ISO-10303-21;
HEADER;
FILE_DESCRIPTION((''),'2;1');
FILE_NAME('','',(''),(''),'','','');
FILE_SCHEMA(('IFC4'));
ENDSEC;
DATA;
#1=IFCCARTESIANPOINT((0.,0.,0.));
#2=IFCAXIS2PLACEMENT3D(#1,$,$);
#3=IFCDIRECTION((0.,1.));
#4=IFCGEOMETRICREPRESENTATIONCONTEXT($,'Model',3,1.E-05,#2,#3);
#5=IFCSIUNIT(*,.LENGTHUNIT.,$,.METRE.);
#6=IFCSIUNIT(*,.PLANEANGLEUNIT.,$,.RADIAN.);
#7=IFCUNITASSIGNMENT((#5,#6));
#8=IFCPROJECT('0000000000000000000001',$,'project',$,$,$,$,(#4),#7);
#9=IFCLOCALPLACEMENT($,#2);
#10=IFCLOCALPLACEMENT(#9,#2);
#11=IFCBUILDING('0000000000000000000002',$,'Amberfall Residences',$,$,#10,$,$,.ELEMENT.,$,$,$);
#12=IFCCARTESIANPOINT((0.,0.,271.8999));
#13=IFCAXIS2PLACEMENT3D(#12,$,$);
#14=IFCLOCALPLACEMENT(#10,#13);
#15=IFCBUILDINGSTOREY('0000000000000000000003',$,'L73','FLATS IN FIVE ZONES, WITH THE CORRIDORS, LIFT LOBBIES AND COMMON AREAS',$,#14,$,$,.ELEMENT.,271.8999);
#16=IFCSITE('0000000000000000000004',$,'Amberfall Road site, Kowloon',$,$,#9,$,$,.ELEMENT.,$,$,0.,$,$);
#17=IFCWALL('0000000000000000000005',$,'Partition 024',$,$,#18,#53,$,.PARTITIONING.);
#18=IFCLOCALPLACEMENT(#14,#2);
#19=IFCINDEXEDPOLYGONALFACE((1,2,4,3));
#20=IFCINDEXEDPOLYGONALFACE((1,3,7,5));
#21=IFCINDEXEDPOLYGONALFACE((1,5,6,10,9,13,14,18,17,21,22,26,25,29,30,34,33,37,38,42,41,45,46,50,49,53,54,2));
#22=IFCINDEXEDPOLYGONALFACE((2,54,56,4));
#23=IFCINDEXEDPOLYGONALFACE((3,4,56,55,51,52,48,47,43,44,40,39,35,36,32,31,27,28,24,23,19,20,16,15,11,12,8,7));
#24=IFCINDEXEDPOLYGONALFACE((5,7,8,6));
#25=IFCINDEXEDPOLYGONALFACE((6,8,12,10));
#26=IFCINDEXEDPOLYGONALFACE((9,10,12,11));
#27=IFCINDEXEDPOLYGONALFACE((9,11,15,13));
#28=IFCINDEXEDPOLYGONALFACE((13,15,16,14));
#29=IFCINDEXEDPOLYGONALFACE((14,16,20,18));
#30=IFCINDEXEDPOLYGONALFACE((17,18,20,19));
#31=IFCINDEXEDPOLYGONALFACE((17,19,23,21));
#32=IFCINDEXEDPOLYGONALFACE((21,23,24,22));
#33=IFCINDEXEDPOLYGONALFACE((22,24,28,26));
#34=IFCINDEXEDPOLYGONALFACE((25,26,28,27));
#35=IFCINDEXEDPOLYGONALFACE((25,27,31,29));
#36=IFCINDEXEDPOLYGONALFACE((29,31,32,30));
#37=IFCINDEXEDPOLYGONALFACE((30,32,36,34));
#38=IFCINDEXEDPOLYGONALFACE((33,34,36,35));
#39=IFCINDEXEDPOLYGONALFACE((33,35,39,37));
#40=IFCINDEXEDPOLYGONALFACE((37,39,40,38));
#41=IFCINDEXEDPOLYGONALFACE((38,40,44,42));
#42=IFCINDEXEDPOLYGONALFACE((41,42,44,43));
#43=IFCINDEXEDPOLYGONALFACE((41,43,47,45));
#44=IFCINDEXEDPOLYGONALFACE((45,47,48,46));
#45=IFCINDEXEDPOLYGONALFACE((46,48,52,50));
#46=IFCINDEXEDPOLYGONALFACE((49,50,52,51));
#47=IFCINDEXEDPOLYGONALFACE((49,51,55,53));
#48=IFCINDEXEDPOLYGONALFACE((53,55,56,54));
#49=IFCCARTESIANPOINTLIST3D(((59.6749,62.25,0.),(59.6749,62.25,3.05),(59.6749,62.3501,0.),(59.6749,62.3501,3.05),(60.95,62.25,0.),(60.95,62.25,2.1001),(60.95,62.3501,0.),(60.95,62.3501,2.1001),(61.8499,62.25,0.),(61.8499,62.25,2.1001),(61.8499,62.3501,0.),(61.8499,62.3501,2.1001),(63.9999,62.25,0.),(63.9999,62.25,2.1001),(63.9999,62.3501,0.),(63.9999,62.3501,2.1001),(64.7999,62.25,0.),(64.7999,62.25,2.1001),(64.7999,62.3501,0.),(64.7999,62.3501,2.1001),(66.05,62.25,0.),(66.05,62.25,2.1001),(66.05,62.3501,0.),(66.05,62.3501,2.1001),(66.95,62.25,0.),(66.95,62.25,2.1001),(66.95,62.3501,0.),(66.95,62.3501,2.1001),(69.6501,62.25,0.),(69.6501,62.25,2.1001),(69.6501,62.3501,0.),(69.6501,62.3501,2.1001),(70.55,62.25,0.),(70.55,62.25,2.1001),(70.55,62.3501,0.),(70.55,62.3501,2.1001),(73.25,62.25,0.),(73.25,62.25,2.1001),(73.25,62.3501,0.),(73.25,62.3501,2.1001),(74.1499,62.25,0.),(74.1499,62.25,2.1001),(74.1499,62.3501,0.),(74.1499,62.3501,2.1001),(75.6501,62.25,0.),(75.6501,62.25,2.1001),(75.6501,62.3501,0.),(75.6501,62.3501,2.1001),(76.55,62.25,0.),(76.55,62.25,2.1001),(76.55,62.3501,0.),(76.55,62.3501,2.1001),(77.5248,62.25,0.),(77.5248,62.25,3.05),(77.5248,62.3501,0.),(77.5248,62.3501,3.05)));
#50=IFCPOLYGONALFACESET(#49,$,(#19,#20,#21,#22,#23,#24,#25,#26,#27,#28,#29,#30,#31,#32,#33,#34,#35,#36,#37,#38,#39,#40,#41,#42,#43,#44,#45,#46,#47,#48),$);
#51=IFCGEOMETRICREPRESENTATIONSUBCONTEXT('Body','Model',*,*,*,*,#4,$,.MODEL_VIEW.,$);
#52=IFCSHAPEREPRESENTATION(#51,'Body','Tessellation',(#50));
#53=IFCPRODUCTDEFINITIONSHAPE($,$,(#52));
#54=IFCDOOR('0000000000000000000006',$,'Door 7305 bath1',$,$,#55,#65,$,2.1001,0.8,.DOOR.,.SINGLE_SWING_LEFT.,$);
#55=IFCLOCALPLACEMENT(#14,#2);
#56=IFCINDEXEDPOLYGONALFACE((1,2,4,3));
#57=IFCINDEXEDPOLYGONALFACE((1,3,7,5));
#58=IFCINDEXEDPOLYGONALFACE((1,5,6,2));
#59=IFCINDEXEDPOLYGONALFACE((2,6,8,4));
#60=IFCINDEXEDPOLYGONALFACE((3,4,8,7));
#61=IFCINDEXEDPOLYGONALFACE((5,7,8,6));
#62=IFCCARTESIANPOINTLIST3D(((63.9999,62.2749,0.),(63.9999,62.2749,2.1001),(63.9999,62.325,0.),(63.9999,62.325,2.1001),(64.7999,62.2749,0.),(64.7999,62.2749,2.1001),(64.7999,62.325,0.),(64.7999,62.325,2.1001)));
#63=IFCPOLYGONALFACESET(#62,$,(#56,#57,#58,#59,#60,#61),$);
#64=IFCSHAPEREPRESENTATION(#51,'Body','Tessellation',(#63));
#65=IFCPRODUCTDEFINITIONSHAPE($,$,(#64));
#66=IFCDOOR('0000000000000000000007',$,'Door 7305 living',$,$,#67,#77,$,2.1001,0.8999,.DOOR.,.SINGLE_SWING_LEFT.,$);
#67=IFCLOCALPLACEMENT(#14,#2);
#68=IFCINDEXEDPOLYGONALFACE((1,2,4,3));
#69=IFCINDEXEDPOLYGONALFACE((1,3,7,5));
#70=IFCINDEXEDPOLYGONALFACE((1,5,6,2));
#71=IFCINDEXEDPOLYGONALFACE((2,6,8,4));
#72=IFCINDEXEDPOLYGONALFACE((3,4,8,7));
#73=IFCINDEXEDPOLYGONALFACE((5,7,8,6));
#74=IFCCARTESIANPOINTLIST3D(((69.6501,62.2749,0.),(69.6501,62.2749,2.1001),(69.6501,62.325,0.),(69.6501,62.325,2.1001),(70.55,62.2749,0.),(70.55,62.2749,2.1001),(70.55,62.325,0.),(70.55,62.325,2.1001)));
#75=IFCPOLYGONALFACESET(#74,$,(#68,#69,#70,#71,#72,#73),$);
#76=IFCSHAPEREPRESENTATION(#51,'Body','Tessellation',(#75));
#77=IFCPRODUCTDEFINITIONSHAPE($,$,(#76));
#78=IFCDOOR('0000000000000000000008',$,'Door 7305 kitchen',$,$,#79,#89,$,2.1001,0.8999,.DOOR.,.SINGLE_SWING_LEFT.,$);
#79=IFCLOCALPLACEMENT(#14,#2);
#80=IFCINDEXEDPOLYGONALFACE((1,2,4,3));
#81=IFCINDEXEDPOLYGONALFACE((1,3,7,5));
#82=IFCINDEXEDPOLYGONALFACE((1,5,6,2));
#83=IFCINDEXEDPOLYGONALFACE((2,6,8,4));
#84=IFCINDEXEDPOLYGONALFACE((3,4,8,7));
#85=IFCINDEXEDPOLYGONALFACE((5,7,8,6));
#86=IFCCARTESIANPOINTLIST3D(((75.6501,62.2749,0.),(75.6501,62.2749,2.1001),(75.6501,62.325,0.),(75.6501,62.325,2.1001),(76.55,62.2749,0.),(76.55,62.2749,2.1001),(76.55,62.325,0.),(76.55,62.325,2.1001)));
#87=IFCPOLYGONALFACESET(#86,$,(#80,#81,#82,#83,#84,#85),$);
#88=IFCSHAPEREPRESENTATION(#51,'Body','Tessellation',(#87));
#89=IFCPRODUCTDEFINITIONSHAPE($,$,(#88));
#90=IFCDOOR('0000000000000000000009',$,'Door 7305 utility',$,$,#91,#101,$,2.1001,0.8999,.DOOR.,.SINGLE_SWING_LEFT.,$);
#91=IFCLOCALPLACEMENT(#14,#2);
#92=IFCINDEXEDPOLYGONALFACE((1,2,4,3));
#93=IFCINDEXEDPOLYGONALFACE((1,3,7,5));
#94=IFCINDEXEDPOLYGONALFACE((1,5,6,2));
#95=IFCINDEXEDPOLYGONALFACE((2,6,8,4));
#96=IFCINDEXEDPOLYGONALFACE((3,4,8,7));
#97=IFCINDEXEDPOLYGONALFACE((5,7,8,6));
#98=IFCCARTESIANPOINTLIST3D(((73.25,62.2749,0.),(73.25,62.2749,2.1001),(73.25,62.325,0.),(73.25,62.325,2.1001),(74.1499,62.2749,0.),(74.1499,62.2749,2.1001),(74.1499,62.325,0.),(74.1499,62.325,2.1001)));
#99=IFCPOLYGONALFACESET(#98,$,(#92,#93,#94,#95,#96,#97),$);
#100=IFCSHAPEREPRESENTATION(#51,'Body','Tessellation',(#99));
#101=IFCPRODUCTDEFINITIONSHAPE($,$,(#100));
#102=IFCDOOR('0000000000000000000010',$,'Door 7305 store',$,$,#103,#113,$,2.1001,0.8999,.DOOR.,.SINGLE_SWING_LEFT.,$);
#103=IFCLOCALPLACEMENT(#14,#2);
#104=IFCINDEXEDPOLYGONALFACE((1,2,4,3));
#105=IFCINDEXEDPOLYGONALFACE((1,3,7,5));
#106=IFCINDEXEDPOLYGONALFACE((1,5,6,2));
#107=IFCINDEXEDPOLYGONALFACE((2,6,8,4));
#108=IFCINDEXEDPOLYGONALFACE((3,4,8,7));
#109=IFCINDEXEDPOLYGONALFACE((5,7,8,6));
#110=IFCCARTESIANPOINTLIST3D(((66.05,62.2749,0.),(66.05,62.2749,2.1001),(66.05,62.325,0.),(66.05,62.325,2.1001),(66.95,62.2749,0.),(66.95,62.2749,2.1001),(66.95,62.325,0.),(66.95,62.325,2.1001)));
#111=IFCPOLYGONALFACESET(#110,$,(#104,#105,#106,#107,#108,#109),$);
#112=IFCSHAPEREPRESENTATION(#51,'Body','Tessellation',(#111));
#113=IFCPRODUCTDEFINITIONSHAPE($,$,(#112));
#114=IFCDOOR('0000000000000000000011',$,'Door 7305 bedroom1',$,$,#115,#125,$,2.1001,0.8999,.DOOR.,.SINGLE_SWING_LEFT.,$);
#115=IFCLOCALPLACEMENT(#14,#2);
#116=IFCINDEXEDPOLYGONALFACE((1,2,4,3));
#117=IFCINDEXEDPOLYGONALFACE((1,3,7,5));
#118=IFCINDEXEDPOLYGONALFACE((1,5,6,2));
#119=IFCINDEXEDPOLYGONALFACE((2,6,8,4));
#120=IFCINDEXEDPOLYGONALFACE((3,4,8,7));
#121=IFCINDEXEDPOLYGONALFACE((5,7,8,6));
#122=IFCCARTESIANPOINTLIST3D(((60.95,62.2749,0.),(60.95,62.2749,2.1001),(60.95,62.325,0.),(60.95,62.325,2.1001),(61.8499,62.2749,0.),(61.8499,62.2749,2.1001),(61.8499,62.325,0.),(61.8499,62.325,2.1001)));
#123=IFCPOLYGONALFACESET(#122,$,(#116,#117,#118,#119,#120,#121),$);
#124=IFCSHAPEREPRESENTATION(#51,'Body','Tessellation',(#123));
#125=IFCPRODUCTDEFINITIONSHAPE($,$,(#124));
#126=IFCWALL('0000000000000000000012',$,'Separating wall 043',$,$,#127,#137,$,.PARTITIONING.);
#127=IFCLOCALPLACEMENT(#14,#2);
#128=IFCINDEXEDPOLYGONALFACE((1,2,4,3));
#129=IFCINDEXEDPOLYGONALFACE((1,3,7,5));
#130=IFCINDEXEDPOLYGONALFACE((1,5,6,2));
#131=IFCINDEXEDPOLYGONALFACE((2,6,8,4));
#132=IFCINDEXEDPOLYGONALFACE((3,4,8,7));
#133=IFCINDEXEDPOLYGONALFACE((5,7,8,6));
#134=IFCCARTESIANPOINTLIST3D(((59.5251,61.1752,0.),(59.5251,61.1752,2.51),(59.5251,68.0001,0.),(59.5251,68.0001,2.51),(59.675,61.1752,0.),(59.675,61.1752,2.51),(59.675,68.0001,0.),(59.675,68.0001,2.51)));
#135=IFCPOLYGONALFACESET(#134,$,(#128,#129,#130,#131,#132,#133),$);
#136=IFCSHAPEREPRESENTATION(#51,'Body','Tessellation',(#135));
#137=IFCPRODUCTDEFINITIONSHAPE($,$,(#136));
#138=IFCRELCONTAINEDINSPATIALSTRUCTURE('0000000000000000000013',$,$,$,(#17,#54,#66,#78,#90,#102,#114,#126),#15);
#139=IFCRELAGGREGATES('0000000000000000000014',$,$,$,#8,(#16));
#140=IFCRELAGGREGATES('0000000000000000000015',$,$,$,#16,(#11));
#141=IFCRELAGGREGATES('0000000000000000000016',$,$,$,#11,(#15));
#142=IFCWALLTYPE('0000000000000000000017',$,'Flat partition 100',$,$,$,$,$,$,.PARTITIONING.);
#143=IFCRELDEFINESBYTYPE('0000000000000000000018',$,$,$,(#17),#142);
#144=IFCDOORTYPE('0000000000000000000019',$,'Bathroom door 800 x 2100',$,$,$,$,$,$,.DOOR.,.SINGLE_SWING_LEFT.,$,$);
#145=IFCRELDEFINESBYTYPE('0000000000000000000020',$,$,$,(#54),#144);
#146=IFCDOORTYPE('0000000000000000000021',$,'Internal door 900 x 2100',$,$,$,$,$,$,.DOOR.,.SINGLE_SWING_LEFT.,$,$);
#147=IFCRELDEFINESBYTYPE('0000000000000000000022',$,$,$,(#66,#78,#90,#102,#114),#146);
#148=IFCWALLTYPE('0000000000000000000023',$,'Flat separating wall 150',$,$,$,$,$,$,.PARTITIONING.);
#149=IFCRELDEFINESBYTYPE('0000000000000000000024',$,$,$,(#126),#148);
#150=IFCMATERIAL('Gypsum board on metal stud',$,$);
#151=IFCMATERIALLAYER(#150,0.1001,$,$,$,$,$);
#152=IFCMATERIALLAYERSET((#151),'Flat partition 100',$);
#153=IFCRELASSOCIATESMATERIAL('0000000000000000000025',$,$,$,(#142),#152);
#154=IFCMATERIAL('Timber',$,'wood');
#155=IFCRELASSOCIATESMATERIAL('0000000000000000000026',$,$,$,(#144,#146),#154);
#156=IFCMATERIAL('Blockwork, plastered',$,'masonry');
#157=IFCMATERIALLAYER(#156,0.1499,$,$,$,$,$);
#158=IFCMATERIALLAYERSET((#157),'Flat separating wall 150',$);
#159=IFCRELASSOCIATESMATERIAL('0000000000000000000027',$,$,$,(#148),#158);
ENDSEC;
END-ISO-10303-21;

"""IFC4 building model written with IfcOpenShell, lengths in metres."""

from ifc_helpers import new_model, si_unit, direction, frame, frame_2d, origin, place, context, subcontext, project, spatial, rectangle, extrude, material, layer, layer_set, type_object, element, fill, save


model = new_model("IFC4")

# Units and contexts
model_context = context("Model", 3, precision=1e-05, world=origin(), true_north=direction((0.0, 1.0)))
body_context = subcontext(model_context, "Body", "Model", "MODEL_VIEW")
ifc_project = project(units=[si_unit("LENGTHUNIT", "METRE"), si_unit("PLANEANGLEUNIT", "RADIAN")], contexts=[model_context])

# Site, building, storey
site_placement = place(None, origin())
site = spatial("IfcSite", under=ifc_project, at=site_placement, Name="Amberfall Road site, Kowloon", CompositionType="ELEMENT", RefElevation=0.0)
building_placement = place(site_placement, origin())
building = spatial("IfcBuilding", under=site, at=building_placement, Name="Amberfall Residences", CompositionType="ELEMENT")
storey_placement = place(building_placement, frame((0.0, 0.0, 271.8999)))
storey = spatial("IfcBuildingStorey", under=building, at=storey_placement, Name="L73", Description="FLATS IN FIVE ZONES, WITH THE CORRIDORS, LIFT LOBBIES AND COMMON AREAS", CompositionType="ELEMENT", Elevation=271.8999)

# Shared definitions
ifc_material_1 = material(Name="Gypsum board on metal stud")
ifc_layer_1 = layer(ifc_material_1, 0.1001)
ifc_layer_set_1 = layer_set([ifc_layer_1], Name="Flat partition 100")
wall_type_1 = type_object("IfcWallType", Name="Flat partition 100", PredefinedType="PARTITIONING", material=ifc_layer_set_1)

# Wall, openings, doors
wall_1_placement = place(storey_placement, frame((59.675, 62.3, 0.0), z_axis=(0.0, 0.0, 1.0), x_axis=(1.0, 0.0, 0.0)))
wall_1 = element("IfcWall", 1, at=wall_1_placement, inside=storey, type_object=wall_type_1, Name="Partition 024", PredefinedType="PARTITIONING", context=body_context, shape_type="SweptSolid", body=[
    extrude(rectangle(XDim=17.8499, YDim=0.1001, at=frame_2d((8.9248, 0.0))), origin(), (0.0, 0.0, 1.0), 3.05),
])
opening_1_placement = place(wall_1_placement, frame((9.9751, 0.0, 0.0)))
opening_1 = element("IfcOpeningElement", 2, at=opening_1_placement, cuts=wall_1, PredefinedType="OPENING", context=body_context, shape_type="SweptSolid", body=[
    extrude(rectangle(XDim=0.8999, YDim=2.1001, at=frame_2d((0.45, 1.05))), frame((0.0, 0.0601, 0.0), z_axis=(0.0, -1.0, 0.0), x_axis=(1.0, 0.0, 0.0)), (0.0, 0.0, 1.0), 0.1201),
])
opening_2_placement = place(wall_1_placement, frame((15.9751, 0.0, 0.0)))
opening_2 = element("IfcOpeningElement", 3, at=opening_2_placement, cuts=wall_1, PredefinedType="OPENING", context=body_context, shape_type="SweptSolid", body=[
    extrude(rectangle(XDim=0.8999, YDim=2.1001, at=frame_2d((0.45, 1.05))), frame((0.0, 0.0601, 0.0), z_axis=(0.0, -1.0, 0.0), x_axis=(1.0, 0.0, 0.0)), (0.0, 0.0, 1.0), 0.1201),
])
opening_3_placement = place(wall_1_placement, frame((13.575, 0.0, 0.0)))
opening_3 = element("IfcOpeningElement", 4, at=opening_3_placement, cuts=wall_1, PredefinedType="OPENING", context=body_context, shape_type="SweptSolid", body=[
    extrude(rectangle(XDim=0.8999, YDim=2.1001, at=frame_2d((0.45, 1.05))), frame((0.0, 0.0601, 0.0), z_axis=(0.0, -1.0, 0.0), x_axis=(1.0, 0.0, 0.0)), (0.0, 0.0, 1.0), 0.1201),
])
opening_4_placement = place(wall_1_placement, frame((6.375, 0.0, 0.0)))
opening_4 = element("IfcOpeningElement", 5, at=opening_4_placement, cuts=wall_1, PredefinedType="OPENING", context=body_context, shape_type="SweptSolid", body=[
    extrude(rectangle(XDim=0.8999, YDim=2.1001, at=frame_2d((0.45, 1.05))), frame((0.0, 0.0601, 0.0), z_axis=(0.0, -1.0, 0.0), x_axis=(1.0, 0.0, 0.0)), (0.0, 0.0, 1.0), 0.1201),
])
opening_5_placement = place(wall_1_placement, frame((1.2749, 0.0, 0.0)))
opening_5 = element("IfcOpeningElement", 6, at=opening_5_placement, cuts=wall_1, PredefinedType="OPENING", context=body_context, shape_type="SweptSolid", body=[
    extrude(rectangle(XDim=0.8999, YDim=2.1001, at=frame_2d((0.45, 1.05))), frame((0.0, 0.0601, 0.0), z_axis=(0.0, -1.0, 0.0), x_axis=(1.0, 0.0, 0.0)), (0.0, 0.0, 1.0), 0.1201),
])
opening_6_placement = place(wall_1_placement, frame((4.325, 0.0, 0.0)))
opening_6 = element("IfcOpeningElement", 7, at=opening_6_placement, cuts=wall_1, PredefinedType="OPENING", context=body_context, shape_type="SweptSolid", body=[
    extrude(rectangle(XDim=0.8, YDim=2.1001, at=frame_2d((0.3999, 1.05))), frame((0.0, 0.0601, 0.0), z_axis=(0.0, -1.0, 0.0), x_axis=(1.0, 0.0, 0.0)), (0.0, 0.0, 1.0), 0.1201),
])
ifc_material_2 = material(Name="Timber", Category="wood")
door_type_1 = type_object("IfcDoorType", Name="Bathroom door 800 x 2100", OperationType="SINGLE_SWING_LEFT", PredefinedType="DOOR", material=ifc_material_2)
door_1_placement = place(opening_6_placement, origin())
door_1 = element("IfcDoor", 8, at=door_1_placement, inside=storey, type_object=door_type_1, Name="Door 7305 bath1", OperationType="SINGLE_SWING_LEFT", OverallHeight=2.1001, OverallWidth=0.8, PredefinedType="DOOR", context=body_context, shape_type="SweptSolid", body=[
    extrude(rectangle(XDim=0.8, YDim=2.1001, at=frame_2d((0.3999, 1.05))), frame((0.0, 0.0249, 0.0), z_axis=(0.0, -1.0, 0.0), x_axis=(1.0, 0.0, 0.0)), (0.0, 0.0, 1.0), 0.05),
])
fill(opening_6, door_1)
door_type_2 = type_object("IfcDoorType", Name="Internal door 900 x 2100", OperationType="SINGLE_SWING_LEFT", PredefinedType="DOOR", material=ifc_material_2)
door_2_placement = place(opening_1_placement, origin())
door_2 = element("IfcDoor", 9, at=door_2_placement, inside=storey, type_object=door_type_2, Name="Door 7305 living", OperationType="SINGLE_SWING_LEFT", OverallHeight=2.1001, OverallWidth=0.8999, PredefinedType="DOOR", context=body_context, shape_type="SweptSolid", body=[
    extrude(rectangle(XDim=0.8999, YDim=2.1001, at=frame_2d((0.45, 1.05))), frame((0.0, 0.0249, 0.0), z_axis=(0.0, -1.0, 0.0), x_axis=(1.0, 0.0, 0.0)), (0.0, 0.0, 1.0), 0.05),
])
fill(opening_1, door_2)
door_3_placement = place(opening_2_placement, origin())
door_3 = element("IfcDoor", 10, at=door_3_placement, inside=storey, type_object=door_type_2, Name="Door 7305 kitchen", OperationType="SINGLE_SWING_LEFT", OverallHeight=2.1001, OverallWidth=0.8999, PredefinedType="DOOR", context=body_context, shape_type="SweptSolid", body=[
    extrude(rectangle(XDim=0.8999, YDim=2.1001, at=frame_2d((0.45, 1.05))), frame((0.0, 0.0249, 0.0), z_axis=(0.0, -1.0, 0.0), x_axis=(1.0, 0.0, 0.0)), (0.0, 0.0, 1.0), 0.05),
])
fill(opening_2, door_3)
door_4_placement = place(opening_3_placement, origin())
door_4 = element("IfcDoor", 11, at=door_4_placement, inside=storey, type_object=door_type_2, Name="Door 7305 utility", OperationType="SINGLE_SWING_LEFT", OverallHeight=2.1001, OverallWidth=0.8999, PredefinedType="DOOR", context=body_context, shape_type="SweptSolid", body=[
    extrude(rectangle(XDim=0.8999, YDim=2.1001, at=frame_2d((0.45, 1.05))), frame((0.0, 0.0249, 0.0), z_axis=(0.0, -1.0, 0.0), x_axis=(1.0, 0.0, 0.0)), (0.0, 0.0, 1.0), 0.05),
])
fill(opening_3, door_4)
door_5_placement = place(opening_4_placement, origin())
door_5 = element("IfcDoor", 12, at=door_5_placement, inside=storey, type_object=door_type_2, Name="Door 7305 store", OperationType="SINGLE_SWING_LEFT", OverallHeight=2.1001, OverallWidth=0.8999, PredefinedType="DOOR", context=body_context, shape_type="SweptSolid", body=[
    extrude(rectangle(XDim=0.8999, YDim=2.1001, at=frame_2d((0.45, 1.05))), frame((0.0, 0.0249, 0.0), z_axis=(0.0, -1.0, 0.0), x_axis=(1.0, 0.0, 0.0)), (0.0, 0.0, 1.0), 0.05),
])
fill(opening_4, door_5)
door_6_placement = place(opening_5_placement, origin())
door_6 = element("IfcDoor", 13, at=door_6_placement, inside=storey, type_object=door_type_2, Name="Door 7305 bedroom1", OperationType="SINGLE_SWING_LEFT", OverallHeight=2.1001, OverallWidth=0.8999, PredefinedType="DOOR", context=body_context, shape_type="SweptSolid", body=[
    extrude(rectangle(XDim=0.8999, YDim=2.1001, at=frame_2d((0.45, 1.05))), frame((0.0, 0.0249, 0.0), z_axis=(0.0, -1.0, 0.0), x_axis=(1.0, 0.0, 0.0)), (0.0, 0.0, 1.0), 0.05),
])
fill(opening_5, door_6)

# Wall
ifc_material_3 = material(Name="Blockwork, plastered", Category="masonry")
ifc_layer_2 = layer(ifc_material_3, 0.1499)
ifc_layer_set_2 = layer_set([ifc_layer_2], Name="Flat separating wall 150")
wall_type_2 = type_object("IfcWallType", Name="Flat separating wall 150", PredefinedType="PARTITIONING", material=ifc_layer_set_2)
wall_2_placement = place(storey_placement, frame((59.6001, 61.175, 0.0), z_axis=(0.0, 0.0, 1.0), x_axis=(0.0, 1.0, 0.0)))
element("IfcWall", 14, at=wall_2_placement, inside=storey, type_object=wall_type_2, Name="Separating wall 043", PredefinedType="PARTITIONING", context=body_context, shape_type="SweptSolid", body=[
    extrude(rectangle(XDim=6.825, YDim=0.1499, at=frame_2d((3.4126, 0.0))), origin(), (0.0, 0.0, 1.0), 2.51),
])

save(model, "model.ifc")
